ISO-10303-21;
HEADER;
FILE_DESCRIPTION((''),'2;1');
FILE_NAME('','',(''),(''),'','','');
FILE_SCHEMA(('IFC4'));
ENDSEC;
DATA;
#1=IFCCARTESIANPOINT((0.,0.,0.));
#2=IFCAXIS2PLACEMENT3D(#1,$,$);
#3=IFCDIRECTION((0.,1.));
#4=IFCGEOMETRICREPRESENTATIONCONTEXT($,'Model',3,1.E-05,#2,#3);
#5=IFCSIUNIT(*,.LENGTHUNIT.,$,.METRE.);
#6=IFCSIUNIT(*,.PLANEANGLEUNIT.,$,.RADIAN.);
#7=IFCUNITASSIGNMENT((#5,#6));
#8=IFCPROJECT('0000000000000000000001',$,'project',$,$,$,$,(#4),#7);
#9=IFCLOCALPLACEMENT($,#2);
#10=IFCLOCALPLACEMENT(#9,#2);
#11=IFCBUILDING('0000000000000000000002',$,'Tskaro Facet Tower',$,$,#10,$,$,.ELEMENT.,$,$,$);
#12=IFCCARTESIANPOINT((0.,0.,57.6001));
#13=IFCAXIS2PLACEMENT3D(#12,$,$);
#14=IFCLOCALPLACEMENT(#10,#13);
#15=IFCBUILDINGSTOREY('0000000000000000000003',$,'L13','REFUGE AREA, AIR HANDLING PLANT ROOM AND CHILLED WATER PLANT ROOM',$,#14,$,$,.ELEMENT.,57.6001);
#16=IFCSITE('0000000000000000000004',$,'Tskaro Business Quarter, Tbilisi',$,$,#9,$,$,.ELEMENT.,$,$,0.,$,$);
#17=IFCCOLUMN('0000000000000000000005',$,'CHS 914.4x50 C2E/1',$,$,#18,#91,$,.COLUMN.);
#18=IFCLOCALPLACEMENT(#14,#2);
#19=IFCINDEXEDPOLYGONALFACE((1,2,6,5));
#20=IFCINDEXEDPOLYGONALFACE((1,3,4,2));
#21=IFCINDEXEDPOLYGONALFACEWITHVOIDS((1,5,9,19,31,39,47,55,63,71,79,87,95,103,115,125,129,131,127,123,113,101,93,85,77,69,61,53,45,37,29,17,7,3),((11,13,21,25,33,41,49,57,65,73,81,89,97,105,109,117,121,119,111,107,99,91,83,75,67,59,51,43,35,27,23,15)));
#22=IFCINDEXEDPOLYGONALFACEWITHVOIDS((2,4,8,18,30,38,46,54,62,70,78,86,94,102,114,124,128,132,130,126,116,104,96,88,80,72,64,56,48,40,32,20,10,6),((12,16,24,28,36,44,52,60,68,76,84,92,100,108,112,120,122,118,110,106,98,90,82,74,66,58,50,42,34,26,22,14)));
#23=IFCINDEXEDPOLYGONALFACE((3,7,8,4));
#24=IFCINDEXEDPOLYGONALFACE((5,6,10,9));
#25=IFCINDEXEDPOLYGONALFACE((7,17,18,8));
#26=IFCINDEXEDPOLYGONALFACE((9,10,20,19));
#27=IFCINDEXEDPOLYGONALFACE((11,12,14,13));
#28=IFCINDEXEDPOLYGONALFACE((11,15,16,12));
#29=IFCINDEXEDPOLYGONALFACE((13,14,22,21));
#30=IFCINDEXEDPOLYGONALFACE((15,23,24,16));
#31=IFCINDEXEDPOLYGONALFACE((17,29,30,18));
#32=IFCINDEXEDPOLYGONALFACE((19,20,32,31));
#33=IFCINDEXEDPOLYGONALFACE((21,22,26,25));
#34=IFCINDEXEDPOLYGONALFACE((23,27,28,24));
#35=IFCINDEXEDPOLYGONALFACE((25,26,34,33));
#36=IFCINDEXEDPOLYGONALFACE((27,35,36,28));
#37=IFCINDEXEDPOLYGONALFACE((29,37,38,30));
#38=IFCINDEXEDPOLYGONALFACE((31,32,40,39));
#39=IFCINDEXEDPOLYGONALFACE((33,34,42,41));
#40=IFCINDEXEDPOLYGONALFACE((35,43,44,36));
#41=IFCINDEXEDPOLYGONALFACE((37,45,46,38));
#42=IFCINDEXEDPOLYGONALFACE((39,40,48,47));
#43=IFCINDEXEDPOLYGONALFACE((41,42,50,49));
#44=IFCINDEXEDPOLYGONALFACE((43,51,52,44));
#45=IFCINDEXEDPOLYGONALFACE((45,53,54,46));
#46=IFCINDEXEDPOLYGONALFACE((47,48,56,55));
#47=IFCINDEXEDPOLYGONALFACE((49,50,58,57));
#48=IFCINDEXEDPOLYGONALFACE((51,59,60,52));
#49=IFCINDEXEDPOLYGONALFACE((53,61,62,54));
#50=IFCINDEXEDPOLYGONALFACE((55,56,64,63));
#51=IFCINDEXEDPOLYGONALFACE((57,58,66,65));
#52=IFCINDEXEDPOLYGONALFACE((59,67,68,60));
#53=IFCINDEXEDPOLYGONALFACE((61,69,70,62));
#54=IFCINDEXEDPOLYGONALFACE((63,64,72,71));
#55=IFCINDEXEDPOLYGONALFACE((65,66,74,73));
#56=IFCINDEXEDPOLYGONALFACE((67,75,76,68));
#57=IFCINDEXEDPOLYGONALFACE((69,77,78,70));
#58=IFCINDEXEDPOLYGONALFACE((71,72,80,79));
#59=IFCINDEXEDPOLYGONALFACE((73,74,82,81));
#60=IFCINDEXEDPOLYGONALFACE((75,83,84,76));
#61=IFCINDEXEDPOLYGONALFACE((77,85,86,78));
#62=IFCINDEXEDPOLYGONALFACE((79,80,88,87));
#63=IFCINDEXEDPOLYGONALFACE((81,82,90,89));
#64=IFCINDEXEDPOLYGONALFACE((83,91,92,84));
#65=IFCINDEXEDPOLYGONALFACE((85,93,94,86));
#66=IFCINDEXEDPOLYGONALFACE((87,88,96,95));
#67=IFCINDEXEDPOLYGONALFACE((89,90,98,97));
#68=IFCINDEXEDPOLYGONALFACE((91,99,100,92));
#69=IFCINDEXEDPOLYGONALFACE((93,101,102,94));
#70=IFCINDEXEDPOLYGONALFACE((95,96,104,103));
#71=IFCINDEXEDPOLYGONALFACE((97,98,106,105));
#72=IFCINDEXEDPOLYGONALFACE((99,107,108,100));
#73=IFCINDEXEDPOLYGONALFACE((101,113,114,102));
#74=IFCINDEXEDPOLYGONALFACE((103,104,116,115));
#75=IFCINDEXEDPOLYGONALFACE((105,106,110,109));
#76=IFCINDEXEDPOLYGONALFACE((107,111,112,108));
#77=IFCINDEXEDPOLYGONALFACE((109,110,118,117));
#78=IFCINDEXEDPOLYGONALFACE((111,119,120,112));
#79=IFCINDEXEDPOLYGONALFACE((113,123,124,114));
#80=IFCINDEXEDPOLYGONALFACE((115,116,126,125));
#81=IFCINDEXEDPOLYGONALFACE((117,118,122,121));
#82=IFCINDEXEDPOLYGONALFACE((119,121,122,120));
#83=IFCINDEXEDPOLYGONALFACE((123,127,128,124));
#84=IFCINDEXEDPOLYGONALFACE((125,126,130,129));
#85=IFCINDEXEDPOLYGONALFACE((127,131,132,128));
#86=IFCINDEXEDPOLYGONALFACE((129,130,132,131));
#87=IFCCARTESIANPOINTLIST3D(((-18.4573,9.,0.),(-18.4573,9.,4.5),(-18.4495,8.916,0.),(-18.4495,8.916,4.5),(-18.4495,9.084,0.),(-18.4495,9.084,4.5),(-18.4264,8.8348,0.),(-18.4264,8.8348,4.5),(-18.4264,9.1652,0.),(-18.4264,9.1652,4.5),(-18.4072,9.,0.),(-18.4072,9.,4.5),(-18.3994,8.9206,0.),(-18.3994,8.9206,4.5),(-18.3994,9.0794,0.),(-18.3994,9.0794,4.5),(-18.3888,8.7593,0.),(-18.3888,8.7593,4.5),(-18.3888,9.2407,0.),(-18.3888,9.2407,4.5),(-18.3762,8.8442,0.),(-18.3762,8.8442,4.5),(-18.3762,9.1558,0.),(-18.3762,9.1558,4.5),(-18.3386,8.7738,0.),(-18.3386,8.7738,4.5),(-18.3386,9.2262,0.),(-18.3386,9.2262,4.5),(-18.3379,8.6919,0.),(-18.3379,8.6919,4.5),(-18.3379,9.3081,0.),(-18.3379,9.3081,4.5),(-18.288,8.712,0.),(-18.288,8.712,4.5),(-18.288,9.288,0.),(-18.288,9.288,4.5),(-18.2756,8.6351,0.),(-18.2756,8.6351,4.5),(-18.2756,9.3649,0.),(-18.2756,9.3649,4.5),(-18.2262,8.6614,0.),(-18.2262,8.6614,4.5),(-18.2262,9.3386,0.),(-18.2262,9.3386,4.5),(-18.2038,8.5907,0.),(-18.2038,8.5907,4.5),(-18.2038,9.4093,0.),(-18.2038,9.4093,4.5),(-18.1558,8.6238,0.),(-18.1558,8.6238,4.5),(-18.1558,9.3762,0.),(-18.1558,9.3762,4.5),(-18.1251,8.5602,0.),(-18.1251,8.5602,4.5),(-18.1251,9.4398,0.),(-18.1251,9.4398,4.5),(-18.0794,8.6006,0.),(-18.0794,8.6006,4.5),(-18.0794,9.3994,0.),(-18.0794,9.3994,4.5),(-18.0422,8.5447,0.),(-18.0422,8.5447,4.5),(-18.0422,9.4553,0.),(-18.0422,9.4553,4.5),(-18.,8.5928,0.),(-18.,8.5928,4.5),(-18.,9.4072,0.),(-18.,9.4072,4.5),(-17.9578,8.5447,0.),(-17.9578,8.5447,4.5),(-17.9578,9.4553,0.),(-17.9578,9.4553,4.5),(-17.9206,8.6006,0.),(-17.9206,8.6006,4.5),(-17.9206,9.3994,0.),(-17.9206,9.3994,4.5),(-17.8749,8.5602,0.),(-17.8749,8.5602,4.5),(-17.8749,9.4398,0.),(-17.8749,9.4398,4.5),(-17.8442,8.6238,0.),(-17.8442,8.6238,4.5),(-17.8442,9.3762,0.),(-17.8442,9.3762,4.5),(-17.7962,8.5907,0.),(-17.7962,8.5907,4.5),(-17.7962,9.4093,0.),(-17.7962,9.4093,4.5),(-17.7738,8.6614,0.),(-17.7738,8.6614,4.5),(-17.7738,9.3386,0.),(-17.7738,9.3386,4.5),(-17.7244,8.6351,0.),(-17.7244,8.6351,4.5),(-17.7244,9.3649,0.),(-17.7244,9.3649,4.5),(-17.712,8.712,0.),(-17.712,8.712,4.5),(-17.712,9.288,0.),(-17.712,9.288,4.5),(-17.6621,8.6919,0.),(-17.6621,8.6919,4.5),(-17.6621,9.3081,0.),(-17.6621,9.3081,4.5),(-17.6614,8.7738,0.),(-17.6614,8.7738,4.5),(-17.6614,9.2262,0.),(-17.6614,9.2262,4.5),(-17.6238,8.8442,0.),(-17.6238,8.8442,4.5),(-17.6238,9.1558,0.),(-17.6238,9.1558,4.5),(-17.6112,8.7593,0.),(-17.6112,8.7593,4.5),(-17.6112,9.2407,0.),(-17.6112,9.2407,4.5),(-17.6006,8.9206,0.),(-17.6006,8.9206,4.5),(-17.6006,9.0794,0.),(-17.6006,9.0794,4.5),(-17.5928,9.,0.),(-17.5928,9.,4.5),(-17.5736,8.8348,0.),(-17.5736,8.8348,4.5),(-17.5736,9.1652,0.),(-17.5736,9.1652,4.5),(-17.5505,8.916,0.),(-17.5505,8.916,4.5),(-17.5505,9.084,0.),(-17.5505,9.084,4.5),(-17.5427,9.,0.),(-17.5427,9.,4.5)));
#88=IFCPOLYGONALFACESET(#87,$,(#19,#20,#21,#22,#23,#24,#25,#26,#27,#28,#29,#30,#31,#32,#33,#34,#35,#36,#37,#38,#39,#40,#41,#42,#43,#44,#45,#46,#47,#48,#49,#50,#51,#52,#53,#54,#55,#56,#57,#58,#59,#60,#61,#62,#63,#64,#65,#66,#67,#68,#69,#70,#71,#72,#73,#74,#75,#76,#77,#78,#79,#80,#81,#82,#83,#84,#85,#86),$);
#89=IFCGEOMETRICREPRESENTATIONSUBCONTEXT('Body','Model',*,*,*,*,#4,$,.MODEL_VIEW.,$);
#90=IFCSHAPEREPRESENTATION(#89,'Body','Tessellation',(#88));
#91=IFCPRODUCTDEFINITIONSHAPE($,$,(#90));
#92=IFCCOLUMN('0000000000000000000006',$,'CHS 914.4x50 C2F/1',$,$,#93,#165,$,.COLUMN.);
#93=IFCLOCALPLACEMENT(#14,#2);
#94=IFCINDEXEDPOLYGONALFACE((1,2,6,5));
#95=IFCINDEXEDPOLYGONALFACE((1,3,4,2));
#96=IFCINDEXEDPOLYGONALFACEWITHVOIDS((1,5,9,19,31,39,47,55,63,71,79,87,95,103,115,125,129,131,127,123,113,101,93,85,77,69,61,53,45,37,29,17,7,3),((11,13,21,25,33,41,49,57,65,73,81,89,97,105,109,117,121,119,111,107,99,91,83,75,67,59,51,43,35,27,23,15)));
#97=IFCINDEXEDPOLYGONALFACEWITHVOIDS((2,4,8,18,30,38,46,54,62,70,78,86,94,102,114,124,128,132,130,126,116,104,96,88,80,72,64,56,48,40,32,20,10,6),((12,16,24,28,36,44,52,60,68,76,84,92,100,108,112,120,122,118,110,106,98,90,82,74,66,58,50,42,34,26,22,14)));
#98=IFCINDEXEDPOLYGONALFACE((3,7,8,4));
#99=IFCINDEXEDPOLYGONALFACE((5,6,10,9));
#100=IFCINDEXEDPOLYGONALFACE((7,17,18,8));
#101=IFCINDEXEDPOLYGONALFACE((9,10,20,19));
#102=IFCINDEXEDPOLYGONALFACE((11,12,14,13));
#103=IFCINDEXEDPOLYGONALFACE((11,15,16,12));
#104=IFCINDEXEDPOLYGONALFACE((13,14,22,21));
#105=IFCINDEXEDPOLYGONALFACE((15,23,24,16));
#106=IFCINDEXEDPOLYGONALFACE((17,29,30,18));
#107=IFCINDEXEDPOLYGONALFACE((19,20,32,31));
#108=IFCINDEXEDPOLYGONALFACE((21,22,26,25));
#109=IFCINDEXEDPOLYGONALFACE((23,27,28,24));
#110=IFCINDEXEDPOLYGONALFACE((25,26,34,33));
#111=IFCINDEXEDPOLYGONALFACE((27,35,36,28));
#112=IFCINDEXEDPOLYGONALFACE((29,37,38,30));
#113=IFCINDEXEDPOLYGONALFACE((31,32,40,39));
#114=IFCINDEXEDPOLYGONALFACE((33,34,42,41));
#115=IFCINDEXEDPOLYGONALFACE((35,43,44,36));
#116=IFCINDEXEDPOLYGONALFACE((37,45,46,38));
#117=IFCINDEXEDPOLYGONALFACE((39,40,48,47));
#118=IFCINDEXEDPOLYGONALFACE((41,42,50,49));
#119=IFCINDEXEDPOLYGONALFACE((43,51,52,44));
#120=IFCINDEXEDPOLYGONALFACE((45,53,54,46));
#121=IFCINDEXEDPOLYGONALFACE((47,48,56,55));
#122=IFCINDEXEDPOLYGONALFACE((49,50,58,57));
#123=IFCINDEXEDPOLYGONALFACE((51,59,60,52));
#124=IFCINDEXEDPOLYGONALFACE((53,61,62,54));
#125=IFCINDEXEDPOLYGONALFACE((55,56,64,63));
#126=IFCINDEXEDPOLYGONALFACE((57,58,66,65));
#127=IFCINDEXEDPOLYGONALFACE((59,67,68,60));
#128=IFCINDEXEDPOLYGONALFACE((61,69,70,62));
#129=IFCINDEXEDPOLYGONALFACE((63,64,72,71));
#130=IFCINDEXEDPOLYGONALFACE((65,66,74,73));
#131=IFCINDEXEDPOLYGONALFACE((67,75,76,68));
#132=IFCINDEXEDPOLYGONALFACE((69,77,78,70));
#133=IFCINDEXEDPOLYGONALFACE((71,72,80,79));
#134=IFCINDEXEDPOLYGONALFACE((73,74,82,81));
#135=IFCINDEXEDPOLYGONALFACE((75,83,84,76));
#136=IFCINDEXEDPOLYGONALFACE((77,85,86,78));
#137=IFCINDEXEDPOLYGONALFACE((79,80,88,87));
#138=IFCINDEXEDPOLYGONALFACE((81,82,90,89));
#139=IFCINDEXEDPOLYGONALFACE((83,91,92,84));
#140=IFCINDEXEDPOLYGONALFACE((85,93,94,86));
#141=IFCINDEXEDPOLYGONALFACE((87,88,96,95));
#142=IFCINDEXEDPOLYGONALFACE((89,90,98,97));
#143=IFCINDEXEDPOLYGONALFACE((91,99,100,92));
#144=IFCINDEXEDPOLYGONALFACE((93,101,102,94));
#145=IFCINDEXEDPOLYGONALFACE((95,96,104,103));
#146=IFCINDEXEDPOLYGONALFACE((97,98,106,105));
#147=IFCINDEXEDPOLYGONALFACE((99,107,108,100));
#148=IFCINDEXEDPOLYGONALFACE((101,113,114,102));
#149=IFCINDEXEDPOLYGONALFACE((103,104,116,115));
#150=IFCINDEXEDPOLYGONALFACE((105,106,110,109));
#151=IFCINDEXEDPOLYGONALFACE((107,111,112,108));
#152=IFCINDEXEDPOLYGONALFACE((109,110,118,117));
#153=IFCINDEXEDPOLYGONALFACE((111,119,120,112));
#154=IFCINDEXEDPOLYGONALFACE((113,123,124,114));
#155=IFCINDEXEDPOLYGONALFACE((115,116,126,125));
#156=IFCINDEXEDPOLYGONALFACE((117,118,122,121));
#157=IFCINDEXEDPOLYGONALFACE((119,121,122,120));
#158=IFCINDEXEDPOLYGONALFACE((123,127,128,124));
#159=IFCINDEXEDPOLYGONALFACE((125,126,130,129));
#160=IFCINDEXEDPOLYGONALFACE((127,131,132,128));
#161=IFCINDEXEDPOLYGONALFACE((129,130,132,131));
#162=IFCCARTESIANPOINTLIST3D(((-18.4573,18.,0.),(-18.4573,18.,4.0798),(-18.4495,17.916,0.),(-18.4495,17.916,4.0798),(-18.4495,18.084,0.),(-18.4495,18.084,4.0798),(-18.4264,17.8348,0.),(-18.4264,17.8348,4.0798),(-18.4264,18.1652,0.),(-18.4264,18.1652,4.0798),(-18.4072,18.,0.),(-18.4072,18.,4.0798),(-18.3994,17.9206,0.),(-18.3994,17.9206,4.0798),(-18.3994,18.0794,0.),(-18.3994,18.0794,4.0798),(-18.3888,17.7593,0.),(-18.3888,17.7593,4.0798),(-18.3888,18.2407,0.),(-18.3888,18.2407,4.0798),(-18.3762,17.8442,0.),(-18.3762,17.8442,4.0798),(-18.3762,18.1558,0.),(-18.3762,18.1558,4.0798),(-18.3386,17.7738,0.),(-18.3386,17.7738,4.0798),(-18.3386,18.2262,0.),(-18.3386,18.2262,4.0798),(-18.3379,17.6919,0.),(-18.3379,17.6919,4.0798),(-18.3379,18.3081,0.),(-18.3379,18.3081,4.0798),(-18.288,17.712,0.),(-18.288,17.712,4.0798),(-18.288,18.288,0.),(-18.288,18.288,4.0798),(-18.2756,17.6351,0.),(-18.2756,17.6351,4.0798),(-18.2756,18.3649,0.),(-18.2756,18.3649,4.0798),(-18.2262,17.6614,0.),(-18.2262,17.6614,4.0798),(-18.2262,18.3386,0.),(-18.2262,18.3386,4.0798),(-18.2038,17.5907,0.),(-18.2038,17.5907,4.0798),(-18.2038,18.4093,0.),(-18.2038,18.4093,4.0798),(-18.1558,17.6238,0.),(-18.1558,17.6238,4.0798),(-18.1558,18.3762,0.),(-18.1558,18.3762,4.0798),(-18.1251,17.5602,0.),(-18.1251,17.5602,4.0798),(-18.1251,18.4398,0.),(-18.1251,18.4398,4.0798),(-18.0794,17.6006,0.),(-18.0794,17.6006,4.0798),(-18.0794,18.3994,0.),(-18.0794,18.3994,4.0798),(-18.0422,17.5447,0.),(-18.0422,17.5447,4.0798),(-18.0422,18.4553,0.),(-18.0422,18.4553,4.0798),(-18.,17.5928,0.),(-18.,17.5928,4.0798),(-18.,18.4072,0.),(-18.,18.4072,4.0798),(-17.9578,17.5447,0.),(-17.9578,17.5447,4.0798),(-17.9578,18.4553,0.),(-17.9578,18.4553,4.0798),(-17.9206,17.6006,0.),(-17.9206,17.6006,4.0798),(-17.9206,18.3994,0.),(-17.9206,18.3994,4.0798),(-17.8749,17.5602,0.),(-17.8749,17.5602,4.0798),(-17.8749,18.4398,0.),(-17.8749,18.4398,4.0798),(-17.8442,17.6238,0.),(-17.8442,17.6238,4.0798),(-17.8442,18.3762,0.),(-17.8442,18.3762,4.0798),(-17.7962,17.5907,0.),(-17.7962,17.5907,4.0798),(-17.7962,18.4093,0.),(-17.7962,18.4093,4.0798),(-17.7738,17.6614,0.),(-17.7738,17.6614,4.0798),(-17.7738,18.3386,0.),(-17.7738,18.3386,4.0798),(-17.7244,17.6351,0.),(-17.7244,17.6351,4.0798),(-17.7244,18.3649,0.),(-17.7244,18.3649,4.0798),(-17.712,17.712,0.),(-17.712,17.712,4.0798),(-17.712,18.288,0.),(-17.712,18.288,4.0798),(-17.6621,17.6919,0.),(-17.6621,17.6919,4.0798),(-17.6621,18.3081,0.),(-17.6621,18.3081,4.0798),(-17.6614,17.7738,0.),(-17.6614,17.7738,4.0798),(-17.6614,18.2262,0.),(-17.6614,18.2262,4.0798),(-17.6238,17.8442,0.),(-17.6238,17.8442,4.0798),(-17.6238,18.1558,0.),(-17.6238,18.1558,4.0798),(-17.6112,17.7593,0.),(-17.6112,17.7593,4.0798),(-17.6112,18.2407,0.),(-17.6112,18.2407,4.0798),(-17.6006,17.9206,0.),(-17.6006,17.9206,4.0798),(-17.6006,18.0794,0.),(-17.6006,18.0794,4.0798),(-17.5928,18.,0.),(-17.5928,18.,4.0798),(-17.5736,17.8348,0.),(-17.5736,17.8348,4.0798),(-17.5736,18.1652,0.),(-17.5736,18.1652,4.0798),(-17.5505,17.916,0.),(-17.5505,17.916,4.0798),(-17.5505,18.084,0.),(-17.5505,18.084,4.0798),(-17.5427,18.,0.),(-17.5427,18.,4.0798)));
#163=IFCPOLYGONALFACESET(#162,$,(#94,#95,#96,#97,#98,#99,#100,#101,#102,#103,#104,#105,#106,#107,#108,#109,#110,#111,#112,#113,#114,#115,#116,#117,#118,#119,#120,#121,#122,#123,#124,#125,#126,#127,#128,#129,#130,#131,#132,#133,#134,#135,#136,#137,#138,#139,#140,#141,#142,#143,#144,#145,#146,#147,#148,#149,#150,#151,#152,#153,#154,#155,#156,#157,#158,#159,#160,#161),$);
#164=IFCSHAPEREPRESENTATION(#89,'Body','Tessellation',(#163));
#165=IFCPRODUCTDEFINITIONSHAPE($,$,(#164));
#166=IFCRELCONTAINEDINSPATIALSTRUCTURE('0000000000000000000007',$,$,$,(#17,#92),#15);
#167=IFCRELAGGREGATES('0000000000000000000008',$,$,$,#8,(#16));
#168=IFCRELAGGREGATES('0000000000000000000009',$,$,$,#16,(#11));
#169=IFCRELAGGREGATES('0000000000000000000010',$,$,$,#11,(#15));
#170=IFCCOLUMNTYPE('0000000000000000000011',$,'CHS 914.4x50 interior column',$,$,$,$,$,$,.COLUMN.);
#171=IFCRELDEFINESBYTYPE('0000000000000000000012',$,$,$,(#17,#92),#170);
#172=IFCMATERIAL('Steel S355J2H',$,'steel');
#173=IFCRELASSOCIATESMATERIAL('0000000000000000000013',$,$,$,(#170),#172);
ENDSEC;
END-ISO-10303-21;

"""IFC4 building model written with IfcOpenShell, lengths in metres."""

from ifc_helpers import new_model, si_unit, direction, frame, origin, origin_2d, place, context, subcontext, project, spatial, hollow_circle, extrude, material, material_profile, profile_set, type_object, element, save


model = new_model("IFC4")

# Units and contexts
model_context = context("Model", 3, precision=1e-05, world=origin(), true_north=direction((0.0, 1.0)))
body_context = subcontext(model_context, "Body", "Model", "MODEL_VIEW")
ifc_project = project(units=[si_unit("LENGTHUNIT", "METRE"), si_unit("PLANEANGLEUNIT", "RADIAN")], contexts=[model_context])

# Site, building, storey
site_placement = place(None, origin())
site = spatial("IfcSite", under=ifc_project, at=site_placement, Name="Tskaro Business Quarter, Tbilisi", CompositionType="ELEMENT", RefElevation=0.0)
building_placement = place(site_placement, origin())
building = spatial("IfcBuilding", under=site, at=building_placement, Name="Tskaro Facet Tower", CompositionType="ELEMENT")
storey_placement = place(building_placement, frame((0.0, 0.0, 57.6001)))
storey = spatial("IfcBuildingStorey", under=building, at=storey_placement, Name="L13", Description="REFUGE AREA, AIR HANDLING PLANT ROOM AND CHILLED WATER PLANT ROOM", CompositionType="ELEMENT", Elevation=57.6001)

# Columns
ifc_material_1 = material(Name="Steel S355J2H", Category="steel")
ifc_material_profile_1 = material_profile(ifc_material_1, hollow_circle(Radius=0.4573, WallThickness=0.05, at=origin_2d()), Name="CHS 914.4x50")
ifc_profile_set_1 = profile_set([ifc_material_profile_1], Name="Steel S355J2H")
column_type = type_object("IfcColumnType", Name="CHS 914.4x50 interior column", PredefinedType="COLUMN", material=ifc_profile_set_1)
column_1_placement = place(storey_placement, frame((-18.0, 9.0, 0.0), z_axis=(0.0, 0.0, 1.0), x_axis=(1.0, 0.0, 0.0)))
element("IfcColumn", 1, at=column_1_placement, inside=storey, type_object=column_type, Name="CHS 914.4x50 C2E/1", PredefinedType="COLUMN", context=body_context, shape_type="SweptSolid", body=[
    extrude(hollow_circle(Radius=0.4573, WallThickness=0.05, at=origin_2d()), origin(), (0.0, 0.0, 1.0), 4.5),
])
column_2_placement = place(storey_placement, frame((-18.0, 18.0, 0.0), z_axis=(0.0, 0.0, 1.0), x_axis=(1.0, 0.0, 0.0)))
element("IfcColumn", 2, at=column_2_placement, inside=storey, type_object=column_type, Name="CHS 914.4x50 C2F/1", PredefinedType="COLUMN", context=body_context, shape_type="SweptSolid", body=[
    extrude(hollow_circle(Radius=0.4573, WallThickness=0.05, at=origin_2d()), origin(), (0.0, 0.0, 1.0), 4.0798),
])

save(model, "model.ifc")
